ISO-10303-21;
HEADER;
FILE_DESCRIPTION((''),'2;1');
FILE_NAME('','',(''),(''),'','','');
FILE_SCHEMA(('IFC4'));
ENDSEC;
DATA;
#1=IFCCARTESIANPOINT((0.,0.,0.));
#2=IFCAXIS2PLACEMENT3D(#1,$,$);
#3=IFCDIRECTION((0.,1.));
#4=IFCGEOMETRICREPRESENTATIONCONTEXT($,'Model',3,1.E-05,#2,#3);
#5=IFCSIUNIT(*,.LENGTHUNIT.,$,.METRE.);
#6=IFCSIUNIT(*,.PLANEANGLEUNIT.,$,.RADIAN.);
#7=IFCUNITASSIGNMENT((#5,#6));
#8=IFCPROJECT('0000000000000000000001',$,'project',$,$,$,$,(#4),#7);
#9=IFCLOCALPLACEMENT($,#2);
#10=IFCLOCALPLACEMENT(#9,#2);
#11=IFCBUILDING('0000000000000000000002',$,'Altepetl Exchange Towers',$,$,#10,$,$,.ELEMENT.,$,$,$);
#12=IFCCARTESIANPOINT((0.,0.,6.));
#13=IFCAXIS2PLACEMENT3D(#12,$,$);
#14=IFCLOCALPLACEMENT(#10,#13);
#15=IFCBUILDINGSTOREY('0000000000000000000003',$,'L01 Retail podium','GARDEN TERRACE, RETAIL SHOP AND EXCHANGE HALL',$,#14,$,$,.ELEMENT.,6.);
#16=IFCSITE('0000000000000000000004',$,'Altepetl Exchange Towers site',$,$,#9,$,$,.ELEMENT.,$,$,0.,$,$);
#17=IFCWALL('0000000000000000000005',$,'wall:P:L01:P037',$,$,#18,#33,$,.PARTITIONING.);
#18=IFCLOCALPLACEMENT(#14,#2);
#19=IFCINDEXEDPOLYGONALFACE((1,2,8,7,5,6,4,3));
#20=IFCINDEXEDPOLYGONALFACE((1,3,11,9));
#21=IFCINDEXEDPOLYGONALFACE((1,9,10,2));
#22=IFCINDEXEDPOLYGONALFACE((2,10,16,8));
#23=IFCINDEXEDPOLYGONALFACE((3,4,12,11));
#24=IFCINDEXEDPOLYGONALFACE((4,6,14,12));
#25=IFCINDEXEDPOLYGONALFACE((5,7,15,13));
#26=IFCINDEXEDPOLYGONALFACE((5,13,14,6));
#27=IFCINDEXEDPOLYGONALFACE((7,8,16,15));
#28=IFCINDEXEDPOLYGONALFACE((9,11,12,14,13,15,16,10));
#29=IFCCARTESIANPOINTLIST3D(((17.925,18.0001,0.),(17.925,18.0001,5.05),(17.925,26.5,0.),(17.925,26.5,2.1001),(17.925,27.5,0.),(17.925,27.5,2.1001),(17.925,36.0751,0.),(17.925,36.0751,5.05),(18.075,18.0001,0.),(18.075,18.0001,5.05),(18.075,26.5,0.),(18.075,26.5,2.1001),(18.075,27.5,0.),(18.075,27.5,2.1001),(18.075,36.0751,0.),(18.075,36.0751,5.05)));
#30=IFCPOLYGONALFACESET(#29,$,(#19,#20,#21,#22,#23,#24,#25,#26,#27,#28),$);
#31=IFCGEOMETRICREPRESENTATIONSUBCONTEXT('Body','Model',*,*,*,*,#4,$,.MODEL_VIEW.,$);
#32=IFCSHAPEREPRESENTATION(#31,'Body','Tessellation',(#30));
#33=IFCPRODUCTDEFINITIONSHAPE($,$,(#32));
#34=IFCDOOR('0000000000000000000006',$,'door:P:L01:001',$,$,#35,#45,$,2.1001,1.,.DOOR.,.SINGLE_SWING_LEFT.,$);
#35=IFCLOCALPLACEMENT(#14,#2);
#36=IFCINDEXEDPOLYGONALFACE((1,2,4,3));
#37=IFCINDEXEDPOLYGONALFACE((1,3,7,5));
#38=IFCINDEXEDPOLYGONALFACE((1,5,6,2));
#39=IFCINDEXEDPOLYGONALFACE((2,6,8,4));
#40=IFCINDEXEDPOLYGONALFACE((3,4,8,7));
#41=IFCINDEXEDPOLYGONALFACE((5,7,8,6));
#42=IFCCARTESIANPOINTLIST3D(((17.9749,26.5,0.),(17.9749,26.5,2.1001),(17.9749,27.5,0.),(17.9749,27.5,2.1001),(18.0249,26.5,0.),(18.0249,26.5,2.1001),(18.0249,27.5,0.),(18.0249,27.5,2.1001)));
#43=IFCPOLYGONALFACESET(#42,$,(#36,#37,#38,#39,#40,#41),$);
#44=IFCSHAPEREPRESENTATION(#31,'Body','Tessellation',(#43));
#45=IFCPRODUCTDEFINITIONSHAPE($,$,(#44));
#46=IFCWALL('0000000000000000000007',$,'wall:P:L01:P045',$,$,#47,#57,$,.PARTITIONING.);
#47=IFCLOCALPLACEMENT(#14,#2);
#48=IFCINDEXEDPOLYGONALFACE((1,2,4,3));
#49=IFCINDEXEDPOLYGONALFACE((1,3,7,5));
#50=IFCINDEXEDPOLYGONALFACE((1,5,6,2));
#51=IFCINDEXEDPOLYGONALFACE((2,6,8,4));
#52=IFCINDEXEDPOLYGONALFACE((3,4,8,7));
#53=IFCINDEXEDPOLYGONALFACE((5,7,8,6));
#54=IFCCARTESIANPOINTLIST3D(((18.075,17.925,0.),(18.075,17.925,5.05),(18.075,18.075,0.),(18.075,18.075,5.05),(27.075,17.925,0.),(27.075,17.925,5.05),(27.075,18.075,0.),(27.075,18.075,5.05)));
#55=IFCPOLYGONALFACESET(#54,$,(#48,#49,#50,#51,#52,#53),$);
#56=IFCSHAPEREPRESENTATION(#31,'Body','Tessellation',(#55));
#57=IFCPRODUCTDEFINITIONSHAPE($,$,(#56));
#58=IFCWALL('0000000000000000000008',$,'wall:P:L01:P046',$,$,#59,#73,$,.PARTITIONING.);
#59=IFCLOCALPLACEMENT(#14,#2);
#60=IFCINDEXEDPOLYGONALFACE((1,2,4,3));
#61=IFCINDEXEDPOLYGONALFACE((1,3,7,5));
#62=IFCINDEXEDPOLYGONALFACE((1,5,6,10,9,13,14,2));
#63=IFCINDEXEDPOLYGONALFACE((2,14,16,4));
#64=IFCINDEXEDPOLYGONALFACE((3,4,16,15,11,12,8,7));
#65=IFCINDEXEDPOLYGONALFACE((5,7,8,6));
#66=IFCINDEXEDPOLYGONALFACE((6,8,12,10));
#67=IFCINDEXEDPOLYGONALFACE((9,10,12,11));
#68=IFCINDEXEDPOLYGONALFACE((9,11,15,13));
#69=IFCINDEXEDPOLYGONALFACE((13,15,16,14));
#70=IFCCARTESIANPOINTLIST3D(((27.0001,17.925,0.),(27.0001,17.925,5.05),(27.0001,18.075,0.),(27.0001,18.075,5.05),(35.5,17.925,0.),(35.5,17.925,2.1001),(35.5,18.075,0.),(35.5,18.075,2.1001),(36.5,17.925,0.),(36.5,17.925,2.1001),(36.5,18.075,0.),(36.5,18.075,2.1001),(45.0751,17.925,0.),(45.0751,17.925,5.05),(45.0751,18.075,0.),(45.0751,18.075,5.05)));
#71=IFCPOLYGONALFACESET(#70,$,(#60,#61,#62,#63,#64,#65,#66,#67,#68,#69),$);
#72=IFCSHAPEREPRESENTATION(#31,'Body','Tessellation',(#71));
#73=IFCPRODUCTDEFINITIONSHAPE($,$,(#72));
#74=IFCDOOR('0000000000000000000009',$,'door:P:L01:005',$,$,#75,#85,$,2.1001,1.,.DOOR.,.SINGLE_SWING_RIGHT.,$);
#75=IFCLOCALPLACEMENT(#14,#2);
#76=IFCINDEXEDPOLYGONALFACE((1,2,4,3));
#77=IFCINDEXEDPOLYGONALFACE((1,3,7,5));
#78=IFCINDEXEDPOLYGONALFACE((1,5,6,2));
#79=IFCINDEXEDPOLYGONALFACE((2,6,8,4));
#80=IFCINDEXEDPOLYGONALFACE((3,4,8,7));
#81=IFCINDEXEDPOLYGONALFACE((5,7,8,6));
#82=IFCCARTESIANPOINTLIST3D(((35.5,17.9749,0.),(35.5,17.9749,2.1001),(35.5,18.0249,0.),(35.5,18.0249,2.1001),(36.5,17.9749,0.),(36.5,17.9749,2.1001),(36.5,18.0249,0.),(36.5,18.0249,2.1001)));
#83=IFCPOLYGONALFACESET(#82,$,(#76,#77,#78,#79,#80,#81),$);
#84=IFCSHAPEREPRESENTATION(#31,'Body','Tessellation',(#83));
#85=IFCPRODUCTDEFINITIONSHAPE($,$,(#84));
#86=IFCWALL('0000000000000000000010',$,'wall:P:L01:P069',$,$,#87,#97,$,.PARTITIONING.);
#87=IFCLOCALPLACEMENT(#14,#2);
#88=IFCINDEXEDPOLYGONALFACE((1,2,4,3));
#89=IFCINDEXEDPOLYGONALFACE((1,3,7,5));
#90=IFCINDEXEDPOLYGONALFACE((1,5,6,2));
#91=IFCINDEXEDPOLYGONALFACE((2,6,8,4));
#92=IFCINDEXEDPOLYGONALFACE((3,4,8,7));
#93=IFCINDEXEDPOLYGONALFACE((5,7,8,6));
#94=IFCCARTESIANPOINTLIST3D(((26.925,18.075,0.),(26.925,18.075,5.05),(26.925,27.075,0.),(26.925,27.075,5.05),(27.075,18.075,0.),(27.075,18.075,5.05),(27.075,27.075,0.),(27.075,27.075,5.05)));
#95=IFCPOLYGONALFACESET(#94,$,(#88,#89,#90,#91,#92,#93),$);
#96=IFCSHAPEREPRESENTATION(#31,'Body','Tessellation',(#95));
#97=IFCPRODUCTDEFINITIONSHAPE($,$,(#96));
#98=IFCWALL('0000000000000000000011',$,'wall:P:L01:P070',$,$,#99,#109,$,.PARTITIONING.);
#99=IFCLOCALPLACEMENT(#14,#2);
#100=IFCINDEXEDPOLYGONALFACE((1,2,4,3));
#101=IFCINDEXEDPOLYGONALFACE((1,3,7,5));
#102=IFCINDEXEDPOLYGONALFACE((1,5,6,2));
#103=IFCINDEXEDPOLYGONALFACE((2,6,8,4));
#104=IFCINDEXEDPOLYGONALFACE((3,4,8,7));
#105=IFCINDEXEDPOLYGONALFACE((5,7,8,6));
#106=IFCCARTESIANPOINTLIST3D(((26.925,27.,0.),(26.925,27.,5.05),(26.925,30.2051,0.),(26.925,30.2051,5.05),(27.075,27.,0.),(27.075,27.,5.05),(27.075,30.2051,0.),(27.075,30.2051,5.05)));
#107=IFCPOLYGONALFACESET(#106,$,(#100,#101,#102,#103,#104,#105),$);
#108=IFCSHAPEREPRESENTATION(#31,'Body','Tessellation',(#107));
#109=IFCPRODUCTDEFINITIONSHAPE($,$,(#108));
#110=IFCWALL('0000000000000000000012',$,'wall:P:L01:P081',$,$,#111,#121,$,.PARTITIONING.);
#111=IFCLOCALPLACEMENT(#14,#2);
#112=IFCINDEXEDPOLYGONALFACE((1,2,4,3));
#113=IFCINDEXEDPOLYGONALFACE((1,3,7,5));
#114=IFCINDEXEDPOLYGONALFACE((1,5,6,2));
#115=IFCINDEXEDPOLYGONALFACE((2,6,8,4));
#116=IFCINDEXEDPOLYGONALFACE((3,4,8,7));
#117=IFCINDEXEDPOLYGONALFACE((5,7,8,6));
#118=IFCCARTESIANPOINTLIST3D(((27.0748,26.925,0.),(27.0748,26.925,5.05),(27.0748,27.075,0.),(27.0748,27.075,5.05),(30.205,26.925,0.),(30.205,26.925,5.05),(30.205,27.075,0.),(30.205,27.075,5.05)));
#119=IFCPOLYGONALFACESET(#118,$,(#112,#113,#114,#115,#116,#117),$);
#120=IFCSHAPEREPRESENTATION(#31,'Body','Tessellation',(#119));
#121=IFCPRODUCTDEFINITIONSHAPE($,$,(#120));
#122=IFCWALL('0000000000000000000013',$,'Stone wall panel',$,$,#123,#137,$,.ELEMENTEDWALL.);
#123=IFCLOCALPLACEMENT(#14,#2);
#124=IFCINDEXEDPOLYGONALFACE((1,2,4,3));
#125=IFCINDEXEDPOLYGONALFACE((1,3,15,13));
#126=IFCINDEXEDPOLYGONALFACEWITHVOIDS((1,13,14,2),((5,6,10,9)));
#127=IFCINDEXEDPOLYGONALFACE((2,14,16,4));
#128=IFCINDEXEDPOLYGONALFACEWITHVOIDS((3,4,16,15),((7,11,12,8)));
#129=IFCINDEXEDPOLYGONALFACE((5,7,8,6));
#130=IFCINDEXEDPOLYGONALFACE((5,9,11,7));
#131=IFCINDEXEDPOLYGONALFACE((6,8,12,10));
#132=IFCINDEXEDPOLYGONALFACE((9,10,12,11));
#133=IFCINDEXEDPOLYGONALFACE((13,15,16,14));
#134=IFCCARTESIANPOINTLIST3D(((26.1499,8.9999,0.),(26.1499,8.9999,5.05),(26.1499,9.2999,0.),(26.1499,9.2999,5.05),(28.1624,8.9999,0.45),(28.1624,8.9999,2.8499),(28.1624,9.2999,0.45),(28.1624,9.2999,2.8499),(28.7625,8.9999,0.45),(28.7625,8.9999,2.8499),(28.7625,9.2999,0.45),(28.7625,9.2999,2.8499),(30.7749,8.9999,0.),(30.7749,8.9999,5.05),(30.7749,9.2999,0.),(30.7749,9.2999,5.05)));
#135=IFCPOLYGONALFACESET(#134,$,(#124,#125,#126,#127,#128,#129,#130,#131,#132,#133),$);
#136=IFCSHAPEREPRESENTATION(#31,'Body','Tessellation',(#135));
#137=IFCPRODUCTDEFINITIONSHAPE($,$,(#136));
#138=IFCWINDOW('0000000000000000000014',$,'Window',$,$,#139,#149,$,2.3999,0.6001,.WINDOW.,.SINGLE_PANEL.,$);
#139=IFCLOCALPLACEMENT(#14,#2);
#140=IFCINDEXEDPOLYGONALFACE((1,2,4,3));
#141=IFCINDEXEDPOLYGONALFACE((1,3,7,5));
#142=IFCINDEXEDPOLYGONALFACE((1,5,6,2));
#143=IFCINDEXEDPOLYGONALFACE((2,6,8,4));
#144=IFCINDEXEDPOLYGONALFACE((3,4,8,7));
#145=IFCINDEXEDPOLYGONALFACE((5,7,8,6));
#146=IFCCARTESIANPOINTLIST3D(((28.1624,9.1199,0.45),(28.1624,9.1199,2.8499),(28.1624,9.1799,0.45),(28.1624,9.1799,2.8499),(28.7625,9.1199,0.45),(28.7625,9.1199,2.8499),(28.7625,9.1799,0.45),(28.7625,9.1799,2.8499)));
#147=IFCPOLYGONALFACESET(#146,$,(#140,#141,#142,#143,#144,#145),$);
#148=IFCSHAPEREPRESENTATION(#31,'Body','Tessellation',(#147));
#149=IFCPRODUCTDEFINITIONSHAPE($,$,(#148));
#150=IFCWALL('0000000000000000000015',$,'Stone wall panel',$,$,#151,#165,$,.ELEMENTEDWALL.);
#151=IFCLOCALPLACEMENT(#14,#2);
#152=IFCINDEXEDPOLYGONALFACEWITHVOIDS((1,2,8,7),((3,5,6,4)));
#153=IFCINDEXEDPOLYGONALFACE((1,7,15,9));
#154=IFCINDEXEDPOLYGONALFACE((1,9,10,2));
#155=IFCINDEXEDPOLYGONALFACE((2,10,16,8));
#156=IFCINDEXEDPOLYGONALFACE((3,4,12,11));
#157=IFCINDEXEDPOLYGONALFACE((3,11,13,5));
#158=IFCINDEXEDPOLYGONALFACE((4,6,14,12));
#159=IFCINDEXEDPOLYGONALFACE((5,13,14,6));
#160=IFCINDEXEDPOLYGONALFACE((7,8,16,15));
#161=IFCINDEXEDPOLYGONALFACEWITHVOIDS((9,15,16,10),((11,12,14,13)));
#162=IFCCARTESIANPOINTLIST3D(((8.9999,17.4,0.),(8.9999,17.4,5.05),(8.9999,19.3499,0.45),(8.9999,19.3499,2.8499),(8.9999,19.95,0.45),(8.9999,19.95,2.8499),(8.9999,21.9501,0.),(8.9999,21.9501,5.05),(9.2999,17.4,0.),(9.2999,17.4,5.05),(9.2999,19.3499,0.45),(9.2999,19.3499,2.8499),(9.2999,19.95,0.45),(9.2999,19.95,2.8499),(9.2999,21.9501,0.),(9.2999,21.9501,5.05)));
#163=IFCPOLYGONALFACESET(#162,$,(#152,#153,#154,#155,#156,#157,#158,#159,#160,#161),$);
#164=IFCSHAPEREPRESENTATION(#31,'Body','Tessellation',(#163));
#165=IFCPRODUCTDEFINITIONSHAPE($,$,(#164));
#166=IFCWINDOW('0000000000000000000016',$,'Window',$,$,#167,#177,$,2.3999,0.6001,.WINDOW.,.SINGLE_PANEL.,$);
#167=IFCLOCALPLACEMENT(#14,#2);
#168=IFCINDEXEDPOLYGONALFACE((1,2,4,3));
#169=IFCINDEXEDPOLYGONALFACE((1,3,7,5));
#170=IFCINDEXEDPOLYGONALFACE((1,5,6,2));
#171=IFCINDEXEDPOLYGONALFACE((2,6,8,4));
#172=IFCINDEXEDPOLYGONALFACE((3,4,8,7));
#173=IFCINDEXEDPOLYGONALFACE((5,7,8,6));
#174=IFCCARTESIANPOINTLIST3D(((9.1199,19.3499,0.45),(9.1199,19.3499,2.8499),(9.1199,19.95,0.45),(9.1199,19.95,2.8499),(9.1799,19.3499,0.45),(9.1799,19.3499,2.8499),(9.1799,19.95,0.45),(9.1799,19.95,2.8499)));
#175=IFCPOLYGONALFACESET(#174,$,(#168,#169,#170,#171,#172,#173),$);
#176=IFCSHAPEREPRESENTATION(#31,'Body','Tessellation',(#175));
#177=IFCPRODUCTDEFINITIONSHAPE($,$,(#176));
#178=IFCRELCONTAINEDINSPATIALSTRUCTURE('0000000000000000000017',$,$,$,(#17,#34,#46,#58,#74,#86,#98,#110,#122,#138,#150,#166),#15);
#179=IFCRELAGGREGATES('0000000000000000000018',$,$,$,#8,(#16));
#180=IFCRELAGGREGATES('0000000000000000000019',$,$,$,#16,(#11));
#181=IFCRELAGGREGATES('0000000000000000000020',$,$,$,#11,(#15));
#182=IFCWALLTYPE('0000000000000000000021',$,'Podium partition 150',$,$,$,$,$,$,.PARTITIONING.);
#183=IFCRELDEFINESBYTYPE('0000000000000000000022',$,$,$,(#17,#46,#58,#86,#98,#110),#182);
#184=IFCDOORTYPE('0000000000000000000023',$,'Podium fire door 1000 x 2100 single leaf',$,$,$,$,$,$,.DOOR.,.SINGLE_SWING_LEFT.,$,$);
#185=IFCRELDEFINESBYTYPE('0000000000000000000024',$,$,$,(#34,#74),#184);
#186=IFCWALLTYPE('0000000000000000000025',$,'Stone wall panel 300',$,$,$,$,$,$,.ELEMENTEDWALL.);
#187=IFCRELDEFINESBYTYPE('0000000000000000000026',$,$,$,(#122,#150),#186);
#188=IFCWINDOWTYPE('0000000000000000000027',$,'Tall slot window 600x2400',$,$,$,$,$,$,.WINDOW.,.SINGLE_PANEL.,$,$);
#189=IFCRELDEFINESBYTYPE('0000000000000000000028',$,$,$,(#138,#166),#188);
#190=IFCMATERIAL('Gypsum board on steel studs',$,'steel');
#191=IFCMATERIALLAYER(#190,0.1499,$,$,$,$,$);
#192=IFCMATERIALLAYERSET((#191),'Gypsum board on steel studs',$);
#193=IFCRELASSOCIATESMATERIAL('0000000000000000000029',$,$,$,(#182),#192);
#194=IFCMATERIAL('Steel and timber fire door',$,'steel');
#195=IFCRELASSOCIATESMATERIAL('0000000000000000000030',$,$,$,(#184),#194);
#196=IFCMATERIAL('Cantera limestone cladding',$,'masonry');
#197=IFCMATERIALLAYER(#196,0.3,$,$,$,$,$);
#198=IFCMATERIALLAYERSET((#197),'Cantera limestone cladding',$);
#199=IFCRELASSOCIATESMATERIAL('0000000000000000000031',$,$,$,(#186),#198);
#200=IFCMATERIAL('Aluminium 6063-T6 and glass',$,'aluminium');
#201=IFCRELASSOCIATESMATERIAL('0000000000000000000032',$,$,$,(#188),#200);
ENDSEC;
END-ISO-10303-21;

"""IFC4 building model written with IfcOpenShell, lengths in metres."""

from ifc_helpers import new_model, si_unit, direction, frame, frame_2d, origin, place, context, subcontext, project, spatial, rectangle, extrude, material, layer, layer_set, type_object, element, fill, save


model = new_model("IFC4")

# Units and contexts
model_context = context("Model", 3, precision=1e-05, world=origin(), true_north=direction((0.0, 1.0)))
body_context = subcontext(model_context, "Body", "Model", "MODEL_VIEW")
ifc_project = project(units=[si_unit("LENGTHUNIT", "METRE"), si_unit("PLANEANGLEUNIT", "RADIAN")], contexts=[model_context])

# Site, building, storey
site_placement = place(None, origin())
site = spatial("IfcSite", under=ifc_project, at=site_placement, Name="Altepetl Exchange Towers site", CompositionType="ELEMENT", RefElevation=0.0)
building_placement = place(site_placement, origin())
building = spatial("IfcBuilding", under=site, at=building_placement, Name="Altepetl Exchange Towers", CompositionType="ELEMENT")
storey_placement = place(building_placement, frame((0.0, 0.0, 6.0)))
storey = spatial("IfcBuildingStorey", under=building, at=storey_placement, Name="L01 Retail podium", Description="GARDEN TERRACE, RETAIL SHOP AND EXCHANGE HALL", CompositionType="ELEMENT", Elevation=6.0)

# Shared definitions
ifc_material_1 = material(Name="Aluminium 6063-T6 and glass", Category="aluminium")

# Wall, opening, door
ifc_material_2 = material(Name="Gypsum board on steel studs", Category="steel")
ifc_layer_1 = layer(ifc_material_2, 0.1499)
ifc_layer_set_1 = layer_set([ifc_layer_1], Name="Gypsum board on steel studs")
wall_type_1 = type_object("IfcWallType", Name="Podium partition 150", PredefinedType="PARTITIONING", material=ifc_layer_set_1)
wall_1_placement = place(storey_placement, frame((18.0, 18.0, 0.0), z_axis=(0.0, 0.0, 1.0), x_axis=(0.0, 1.0, 0.0)))
wall_1 = element("IfcWall", 1, at=wall_1_placement, inside=storey, type_object=wall_type_1, Name="wall:P:L01:P037", PredefinedType="PARTITIONING", context=body_context, shape_type="SweptSolid", body=[
    extrude(rectangle(XDim=18.075, YDim=0.1499, at=frame_2d((9.0376, 0.0))), origin(), (0.0, 0.0, 1.0), 5.05),
])
opening_1_placement = place(wall_1_placement, frame((8.5, 0.0, 0.0)))
opening_1 = element("IfcOpeningElement", 2, at=opening_1_placement, cuts=wall_1, PredefinedType="OPENING", context=body_context, shape_type="SweptSolid", body=[
    extrude(rectangle(XDim=1.0, YDim=2.1001, at=frame_2d((0.5, 1.05))), frame((0.0, 0.085, 0.0), z_axis=(0.0, -1.0, 0.0), x_axis=(1.0, 0.0, 0.0)), (0.0, 0.0, 1.0), 0.1699),
])
ifc_material_3 = material(Name="Steel and timber fire door", Category="steel")
door_type_1 = type_object("IfcDoorType", Name="Podium fire door 1000 x 2100 single leaf", OperationType="SINGLE_SWING_LEFT", PredefinedType="DOOR", material=ifc_material_3)
door_1_placement = place(opening_1_placement, frame((1.0, 0.0, 0.0), x_axis=(-1.0, 0.0, 0.0)))
door_1 = element("IfcDoor", 3, at=door_1_placement, inside=storey, type_object=door_type_1, Name="door:P:L01:001", OperationType="SINGLE_SWING_LEFT", OverallHeight=2.1001, OverallWidth=1.0, PredefinedType="DOOR", context=body_context, shape_type="SweptSolid", body=[
    extrude(rectangle(XDim=1.0, YDim=2.1001, at=frame_2d((0.5, 1.05))), frame((0.0, 0.0249, 0.0), z_axis=(0.0, -1.0, 0.0), x_axis=(1.0, 0.0, 0.0)), (0.0, 0.0, 1.0), 0.05),
])
fill(opening_1, door_1)

# Wall
wall_2_placement = place(storey_placement, frame((18.075, 18.0, 0.0)))
element("IfcWall", 4, at=wall_2_placement, inside=storey, type_object=wall_type_1, Name="wall:P:L01:P045", PredefinedType="PARTITIONING", context=body_context, shape_type="SweptSolid", body=[
    extrude(rectangle(XDim=9.0, YDim=0.1499, at=frame_2d((4.5, 0.0))), origin(), (0.0, 0.0, 1.0), 5.05),
])

# Wall, opening, door
wall_3_placement = place(storey_placement, frame((27.0, 18.0, 0.0)))
wall_3 = element("IfcWall", 5, at=wall_3_placement, inside=storey, type_object=wall_type_1, Name="wall:P:L01:P046", PredefinedType="PARTITIONING", context=body_context, shape_type="SweptSolid", body=[
    extrude(rectangle(XDim=18.075, YDim=0.1499, at=frame_2d((9.0376, 0.0))), origin(), (0.0, 0.0, 1.0), 5.05),
])
opening_2_placement = place(wall_3_placement, frame((8.5, 0.0, 0.0)))
opening_2 = element("IfcOpeningElement", 6, at=opening_2_placement, cuts=wall_3, PredefinedType="OPENING", context=body_context, shape_type="SweptSolid", body=[
    extrude(rectangle(XDim=1.0, YDim=2.1001, at=frame_2d((0.5, 1.05))), frame((0.0, 0.085, 0.0), z_axis=(0.0, -1.0, 0.0), x_axis=(1.0, 0.0, 0.0)), (0.0, 0.0, 1.0), 0.1699),
])
door_2_placement = place(opening_2_placement, origin())
door_2 = element("IfcDoor", 7, at=door_2_placement, inside=storey, type_object=door_type_1, Name="door:P:L01:005", OperationType="SINGLE_SWING_RIGHT", OverallHeight=2.1001, OverallWidth=1.0, PredefinedType="DOOR", context=body_context, shape_type="SweptSolid", body=[
    extrude(rectangle(XDim=1.0, YDim=2.1001, at=frame_2d((0.5, 1.05))), frame((0.0, 0.0249, 0.0), z_axis=(0.0, -1.0, 0.0), x_axis=(1.0, 0.0, 0.0)), (0.0, 0.0, 1.0), 0.05),
])
fill(opening_2, door_2)

# Walls
wall_4_placement = place(storey_placement, frame((27.0, 18.075, 0.0), z_axis=(0.0, 0.0, 1.0), x_axis=(0.0, 1.0, 0.0)))
element("IfcWall", 8, at=wall_4_placement, inside=storey, type_object=wall_type_1, Name="wall:P:L01:P069", PredefinedType="PARTITIONING", context=body_context, shape_type="SweptSolid", body=[
    extrude(rectangle(XDim=9.0, YDim=0.1499, at=frame_2d((4.5, 0.0))), origin(), (0.0, 0.0, 1.0), 5.05),
])
wall_5_placement = place(storey_placement, frame((27.0, 27.0, 0.0), z_axis=(0.0, 0.0, 1.0), x_axis=(0.0, 1.0, 0.0)))
element("IfcWall", 9, at=wall_5_placement, inside=storey, type_object=wall_type_1, Name="wall:P:L01:P070", PredefinedType="PARTITIONING", context=body_context, shape_type="SweptSolid", body=[
    extrude(rectangle(XDim=3.2051, YDim=0.1499, at=frame_2d((1.6025, 0.0))), origin(), (0.0, 0.0, 1.0), 5.05),
])
wall_6_placement = place(storey_placement, frame((27.075, 27.0, 0.0)))
element("IfcWall", 10, at=wall_6_placement, inside=storey, type_object=wall_type_1, Name="wall:P:L01:P081", PredefinedType="PARTITIONING", context=body_context, shape_type="SweptSolid", body=[
    extrude(rectangle(XDim=3.1301, YDim=0.1499, at=frame_2d((1.5649, 0.0))), origin(), (0.0, 0.0, 1.0), 5.05),
])

# Walls, openings, windows
ifc_material_4 = material(Name="Cantera limestone cladding", Category="masonry")
ifc_layer_2 = layer(ifc_material_4, 0.3)
ifc_layer_set_2 = layer_set([ifc_layer_2], Name="Cantera limestone cladding")
wall_type_2 = type_object("IfcWallType", Name="Stone wall panel 300", PredefinedType="ELEMENTEDWALL", material=ifc_layer_set_2)
wall_7_placement = place(storey_placement, frame((26.1499, 9.1499, 0.0)))
wall_7 = element("IfcWall", 11, at=wall_7_placement, inside=storey, type_object=wall_type_2, Name="Stone wall panel", PredefinedType="ELEMENTEDWALL", context=body_context, shape_type="SweptSolid", body=[
    extrude(rectangle(XDim=4.625, YDim=0.3, at=frame_2d((2.3125, 0.0))), origin(), (0.0, 0.0, 1.0), 5.05),
])
opening_3_placement = place(wall_7_placement, frame((2.0125, 0.0, 0.45)))
opening_3 = element("IfcOpeningElement", 12, at=opening_3_placement, cuts=wall_7, PredefinedType="OPENING", context=body_context, shape_type="SweptSolid", body=[
    extrude(rectangle(XDim=0.6001, YDim=2.3999, at=frame_2d((0.3, 1.2))), frame((0.0, 0.1602, 0.0), z_axis=(0.0, -1.0, 0.0), x_axis=(1.0, 0.0, 0.0)), (0.0, 0.0, 1.0), 0.3201),
])
window_type = type_object("IfcWindowType", Name="Tall slot window 600x2400", PartitioningType="SINGLE_PANEL", PredefinedType="WINDOW", material=ifc_material_1)
window_1_placement = place(opening_3_placement, origin())
window_1 = element("IfcWindow", 13, at=window_1_placement, inside=storey, type_object=window_type, Name="Window", OverallHeight=2.3999, OverallWidth=0.6001, PartitioningType="SINGLE_PANEL", PredefinedType="WINDOW", context=body_context, shape_type="SweptSolid", body=[
    extrude(rectangle(XDim=0.6001, YDim=2.3999, at=frame_2d((0.3, 1.2))), frame((0.0, 0.03, 0.0), z_axis=(0.0, -1.0, 0.0), x_axis=(1.0, 0.0, 0.0)), (0.0, 0.0, 1.0), 0.0601),
])
fill(opening_3, window_1)
wall_8_placement = place(storey_placement, frame((9.1499, 21.95, 0.0), z_axis=(0.0, 0.0, 1.0), x_axis=(0.0, -1.0, 0.0)))
wall_8 = element("IfcWall", 14, at=wall_8_placement, inside=storey, type_object=wall_type_2, Name="Stone wall panel", PredefinedType="ELEMENTEDWALL", context=body_context, shape_type="SweptSolid", body=[
    extrude(rectangle(XDim=4.55, YDim=0.3, at=frame_2d((2.2749, 0.0))), origin(), (0.0, 0.0, 1.0), 5.05),
])
opening_4_placement = place(wall_8_placement, frame((2.0, 0.0, 0.45)))
opening_4 = element("IfcOpeningElement", 15, at=opening_4_placement, cuts=wall_8, PredefinedType="OPENING", context=body_context, shape_type="SweptSolid", body=[
    extrude(rectangle(XDim=0.6001, YDim=2.3999, at=frame_2d((0.3, 1.2))), frame((0.0, 0.1602, 0.0), z_axis=(0.0, -1.0, 0.0), x_axis=(1.0, 0.0, 0.0)), (0.0, 0.0, 1.0), 0.3201),
])
window_2_placement = place(opening_4_placement, origin())
window_2 = element("IfcWindow", 16, at=window_2_placement, inside=storey, type_object=window_type, Name="Window", OverallHeight=2.3999, OverallWidth=0.6001, PartitioningType="SINGLE_PANEL", PredefinedType="WINDOW", context=body_context, shape_type="SweptSolid", body=[
    extrude(rectangle(XDim=0.6001, YDim=2.3999, at=frame_2d((0.3, 1.2))), frame((0.0, 0.03, 0.0), z_axis=(0.0, -1.0, 0.0), x_axis=(1.0, 0.0, 0.0)), (0.0, 0.0, 1.0), 0.0601),
])
fill(opening_4, window_2)

save(model, "model.ifc")
